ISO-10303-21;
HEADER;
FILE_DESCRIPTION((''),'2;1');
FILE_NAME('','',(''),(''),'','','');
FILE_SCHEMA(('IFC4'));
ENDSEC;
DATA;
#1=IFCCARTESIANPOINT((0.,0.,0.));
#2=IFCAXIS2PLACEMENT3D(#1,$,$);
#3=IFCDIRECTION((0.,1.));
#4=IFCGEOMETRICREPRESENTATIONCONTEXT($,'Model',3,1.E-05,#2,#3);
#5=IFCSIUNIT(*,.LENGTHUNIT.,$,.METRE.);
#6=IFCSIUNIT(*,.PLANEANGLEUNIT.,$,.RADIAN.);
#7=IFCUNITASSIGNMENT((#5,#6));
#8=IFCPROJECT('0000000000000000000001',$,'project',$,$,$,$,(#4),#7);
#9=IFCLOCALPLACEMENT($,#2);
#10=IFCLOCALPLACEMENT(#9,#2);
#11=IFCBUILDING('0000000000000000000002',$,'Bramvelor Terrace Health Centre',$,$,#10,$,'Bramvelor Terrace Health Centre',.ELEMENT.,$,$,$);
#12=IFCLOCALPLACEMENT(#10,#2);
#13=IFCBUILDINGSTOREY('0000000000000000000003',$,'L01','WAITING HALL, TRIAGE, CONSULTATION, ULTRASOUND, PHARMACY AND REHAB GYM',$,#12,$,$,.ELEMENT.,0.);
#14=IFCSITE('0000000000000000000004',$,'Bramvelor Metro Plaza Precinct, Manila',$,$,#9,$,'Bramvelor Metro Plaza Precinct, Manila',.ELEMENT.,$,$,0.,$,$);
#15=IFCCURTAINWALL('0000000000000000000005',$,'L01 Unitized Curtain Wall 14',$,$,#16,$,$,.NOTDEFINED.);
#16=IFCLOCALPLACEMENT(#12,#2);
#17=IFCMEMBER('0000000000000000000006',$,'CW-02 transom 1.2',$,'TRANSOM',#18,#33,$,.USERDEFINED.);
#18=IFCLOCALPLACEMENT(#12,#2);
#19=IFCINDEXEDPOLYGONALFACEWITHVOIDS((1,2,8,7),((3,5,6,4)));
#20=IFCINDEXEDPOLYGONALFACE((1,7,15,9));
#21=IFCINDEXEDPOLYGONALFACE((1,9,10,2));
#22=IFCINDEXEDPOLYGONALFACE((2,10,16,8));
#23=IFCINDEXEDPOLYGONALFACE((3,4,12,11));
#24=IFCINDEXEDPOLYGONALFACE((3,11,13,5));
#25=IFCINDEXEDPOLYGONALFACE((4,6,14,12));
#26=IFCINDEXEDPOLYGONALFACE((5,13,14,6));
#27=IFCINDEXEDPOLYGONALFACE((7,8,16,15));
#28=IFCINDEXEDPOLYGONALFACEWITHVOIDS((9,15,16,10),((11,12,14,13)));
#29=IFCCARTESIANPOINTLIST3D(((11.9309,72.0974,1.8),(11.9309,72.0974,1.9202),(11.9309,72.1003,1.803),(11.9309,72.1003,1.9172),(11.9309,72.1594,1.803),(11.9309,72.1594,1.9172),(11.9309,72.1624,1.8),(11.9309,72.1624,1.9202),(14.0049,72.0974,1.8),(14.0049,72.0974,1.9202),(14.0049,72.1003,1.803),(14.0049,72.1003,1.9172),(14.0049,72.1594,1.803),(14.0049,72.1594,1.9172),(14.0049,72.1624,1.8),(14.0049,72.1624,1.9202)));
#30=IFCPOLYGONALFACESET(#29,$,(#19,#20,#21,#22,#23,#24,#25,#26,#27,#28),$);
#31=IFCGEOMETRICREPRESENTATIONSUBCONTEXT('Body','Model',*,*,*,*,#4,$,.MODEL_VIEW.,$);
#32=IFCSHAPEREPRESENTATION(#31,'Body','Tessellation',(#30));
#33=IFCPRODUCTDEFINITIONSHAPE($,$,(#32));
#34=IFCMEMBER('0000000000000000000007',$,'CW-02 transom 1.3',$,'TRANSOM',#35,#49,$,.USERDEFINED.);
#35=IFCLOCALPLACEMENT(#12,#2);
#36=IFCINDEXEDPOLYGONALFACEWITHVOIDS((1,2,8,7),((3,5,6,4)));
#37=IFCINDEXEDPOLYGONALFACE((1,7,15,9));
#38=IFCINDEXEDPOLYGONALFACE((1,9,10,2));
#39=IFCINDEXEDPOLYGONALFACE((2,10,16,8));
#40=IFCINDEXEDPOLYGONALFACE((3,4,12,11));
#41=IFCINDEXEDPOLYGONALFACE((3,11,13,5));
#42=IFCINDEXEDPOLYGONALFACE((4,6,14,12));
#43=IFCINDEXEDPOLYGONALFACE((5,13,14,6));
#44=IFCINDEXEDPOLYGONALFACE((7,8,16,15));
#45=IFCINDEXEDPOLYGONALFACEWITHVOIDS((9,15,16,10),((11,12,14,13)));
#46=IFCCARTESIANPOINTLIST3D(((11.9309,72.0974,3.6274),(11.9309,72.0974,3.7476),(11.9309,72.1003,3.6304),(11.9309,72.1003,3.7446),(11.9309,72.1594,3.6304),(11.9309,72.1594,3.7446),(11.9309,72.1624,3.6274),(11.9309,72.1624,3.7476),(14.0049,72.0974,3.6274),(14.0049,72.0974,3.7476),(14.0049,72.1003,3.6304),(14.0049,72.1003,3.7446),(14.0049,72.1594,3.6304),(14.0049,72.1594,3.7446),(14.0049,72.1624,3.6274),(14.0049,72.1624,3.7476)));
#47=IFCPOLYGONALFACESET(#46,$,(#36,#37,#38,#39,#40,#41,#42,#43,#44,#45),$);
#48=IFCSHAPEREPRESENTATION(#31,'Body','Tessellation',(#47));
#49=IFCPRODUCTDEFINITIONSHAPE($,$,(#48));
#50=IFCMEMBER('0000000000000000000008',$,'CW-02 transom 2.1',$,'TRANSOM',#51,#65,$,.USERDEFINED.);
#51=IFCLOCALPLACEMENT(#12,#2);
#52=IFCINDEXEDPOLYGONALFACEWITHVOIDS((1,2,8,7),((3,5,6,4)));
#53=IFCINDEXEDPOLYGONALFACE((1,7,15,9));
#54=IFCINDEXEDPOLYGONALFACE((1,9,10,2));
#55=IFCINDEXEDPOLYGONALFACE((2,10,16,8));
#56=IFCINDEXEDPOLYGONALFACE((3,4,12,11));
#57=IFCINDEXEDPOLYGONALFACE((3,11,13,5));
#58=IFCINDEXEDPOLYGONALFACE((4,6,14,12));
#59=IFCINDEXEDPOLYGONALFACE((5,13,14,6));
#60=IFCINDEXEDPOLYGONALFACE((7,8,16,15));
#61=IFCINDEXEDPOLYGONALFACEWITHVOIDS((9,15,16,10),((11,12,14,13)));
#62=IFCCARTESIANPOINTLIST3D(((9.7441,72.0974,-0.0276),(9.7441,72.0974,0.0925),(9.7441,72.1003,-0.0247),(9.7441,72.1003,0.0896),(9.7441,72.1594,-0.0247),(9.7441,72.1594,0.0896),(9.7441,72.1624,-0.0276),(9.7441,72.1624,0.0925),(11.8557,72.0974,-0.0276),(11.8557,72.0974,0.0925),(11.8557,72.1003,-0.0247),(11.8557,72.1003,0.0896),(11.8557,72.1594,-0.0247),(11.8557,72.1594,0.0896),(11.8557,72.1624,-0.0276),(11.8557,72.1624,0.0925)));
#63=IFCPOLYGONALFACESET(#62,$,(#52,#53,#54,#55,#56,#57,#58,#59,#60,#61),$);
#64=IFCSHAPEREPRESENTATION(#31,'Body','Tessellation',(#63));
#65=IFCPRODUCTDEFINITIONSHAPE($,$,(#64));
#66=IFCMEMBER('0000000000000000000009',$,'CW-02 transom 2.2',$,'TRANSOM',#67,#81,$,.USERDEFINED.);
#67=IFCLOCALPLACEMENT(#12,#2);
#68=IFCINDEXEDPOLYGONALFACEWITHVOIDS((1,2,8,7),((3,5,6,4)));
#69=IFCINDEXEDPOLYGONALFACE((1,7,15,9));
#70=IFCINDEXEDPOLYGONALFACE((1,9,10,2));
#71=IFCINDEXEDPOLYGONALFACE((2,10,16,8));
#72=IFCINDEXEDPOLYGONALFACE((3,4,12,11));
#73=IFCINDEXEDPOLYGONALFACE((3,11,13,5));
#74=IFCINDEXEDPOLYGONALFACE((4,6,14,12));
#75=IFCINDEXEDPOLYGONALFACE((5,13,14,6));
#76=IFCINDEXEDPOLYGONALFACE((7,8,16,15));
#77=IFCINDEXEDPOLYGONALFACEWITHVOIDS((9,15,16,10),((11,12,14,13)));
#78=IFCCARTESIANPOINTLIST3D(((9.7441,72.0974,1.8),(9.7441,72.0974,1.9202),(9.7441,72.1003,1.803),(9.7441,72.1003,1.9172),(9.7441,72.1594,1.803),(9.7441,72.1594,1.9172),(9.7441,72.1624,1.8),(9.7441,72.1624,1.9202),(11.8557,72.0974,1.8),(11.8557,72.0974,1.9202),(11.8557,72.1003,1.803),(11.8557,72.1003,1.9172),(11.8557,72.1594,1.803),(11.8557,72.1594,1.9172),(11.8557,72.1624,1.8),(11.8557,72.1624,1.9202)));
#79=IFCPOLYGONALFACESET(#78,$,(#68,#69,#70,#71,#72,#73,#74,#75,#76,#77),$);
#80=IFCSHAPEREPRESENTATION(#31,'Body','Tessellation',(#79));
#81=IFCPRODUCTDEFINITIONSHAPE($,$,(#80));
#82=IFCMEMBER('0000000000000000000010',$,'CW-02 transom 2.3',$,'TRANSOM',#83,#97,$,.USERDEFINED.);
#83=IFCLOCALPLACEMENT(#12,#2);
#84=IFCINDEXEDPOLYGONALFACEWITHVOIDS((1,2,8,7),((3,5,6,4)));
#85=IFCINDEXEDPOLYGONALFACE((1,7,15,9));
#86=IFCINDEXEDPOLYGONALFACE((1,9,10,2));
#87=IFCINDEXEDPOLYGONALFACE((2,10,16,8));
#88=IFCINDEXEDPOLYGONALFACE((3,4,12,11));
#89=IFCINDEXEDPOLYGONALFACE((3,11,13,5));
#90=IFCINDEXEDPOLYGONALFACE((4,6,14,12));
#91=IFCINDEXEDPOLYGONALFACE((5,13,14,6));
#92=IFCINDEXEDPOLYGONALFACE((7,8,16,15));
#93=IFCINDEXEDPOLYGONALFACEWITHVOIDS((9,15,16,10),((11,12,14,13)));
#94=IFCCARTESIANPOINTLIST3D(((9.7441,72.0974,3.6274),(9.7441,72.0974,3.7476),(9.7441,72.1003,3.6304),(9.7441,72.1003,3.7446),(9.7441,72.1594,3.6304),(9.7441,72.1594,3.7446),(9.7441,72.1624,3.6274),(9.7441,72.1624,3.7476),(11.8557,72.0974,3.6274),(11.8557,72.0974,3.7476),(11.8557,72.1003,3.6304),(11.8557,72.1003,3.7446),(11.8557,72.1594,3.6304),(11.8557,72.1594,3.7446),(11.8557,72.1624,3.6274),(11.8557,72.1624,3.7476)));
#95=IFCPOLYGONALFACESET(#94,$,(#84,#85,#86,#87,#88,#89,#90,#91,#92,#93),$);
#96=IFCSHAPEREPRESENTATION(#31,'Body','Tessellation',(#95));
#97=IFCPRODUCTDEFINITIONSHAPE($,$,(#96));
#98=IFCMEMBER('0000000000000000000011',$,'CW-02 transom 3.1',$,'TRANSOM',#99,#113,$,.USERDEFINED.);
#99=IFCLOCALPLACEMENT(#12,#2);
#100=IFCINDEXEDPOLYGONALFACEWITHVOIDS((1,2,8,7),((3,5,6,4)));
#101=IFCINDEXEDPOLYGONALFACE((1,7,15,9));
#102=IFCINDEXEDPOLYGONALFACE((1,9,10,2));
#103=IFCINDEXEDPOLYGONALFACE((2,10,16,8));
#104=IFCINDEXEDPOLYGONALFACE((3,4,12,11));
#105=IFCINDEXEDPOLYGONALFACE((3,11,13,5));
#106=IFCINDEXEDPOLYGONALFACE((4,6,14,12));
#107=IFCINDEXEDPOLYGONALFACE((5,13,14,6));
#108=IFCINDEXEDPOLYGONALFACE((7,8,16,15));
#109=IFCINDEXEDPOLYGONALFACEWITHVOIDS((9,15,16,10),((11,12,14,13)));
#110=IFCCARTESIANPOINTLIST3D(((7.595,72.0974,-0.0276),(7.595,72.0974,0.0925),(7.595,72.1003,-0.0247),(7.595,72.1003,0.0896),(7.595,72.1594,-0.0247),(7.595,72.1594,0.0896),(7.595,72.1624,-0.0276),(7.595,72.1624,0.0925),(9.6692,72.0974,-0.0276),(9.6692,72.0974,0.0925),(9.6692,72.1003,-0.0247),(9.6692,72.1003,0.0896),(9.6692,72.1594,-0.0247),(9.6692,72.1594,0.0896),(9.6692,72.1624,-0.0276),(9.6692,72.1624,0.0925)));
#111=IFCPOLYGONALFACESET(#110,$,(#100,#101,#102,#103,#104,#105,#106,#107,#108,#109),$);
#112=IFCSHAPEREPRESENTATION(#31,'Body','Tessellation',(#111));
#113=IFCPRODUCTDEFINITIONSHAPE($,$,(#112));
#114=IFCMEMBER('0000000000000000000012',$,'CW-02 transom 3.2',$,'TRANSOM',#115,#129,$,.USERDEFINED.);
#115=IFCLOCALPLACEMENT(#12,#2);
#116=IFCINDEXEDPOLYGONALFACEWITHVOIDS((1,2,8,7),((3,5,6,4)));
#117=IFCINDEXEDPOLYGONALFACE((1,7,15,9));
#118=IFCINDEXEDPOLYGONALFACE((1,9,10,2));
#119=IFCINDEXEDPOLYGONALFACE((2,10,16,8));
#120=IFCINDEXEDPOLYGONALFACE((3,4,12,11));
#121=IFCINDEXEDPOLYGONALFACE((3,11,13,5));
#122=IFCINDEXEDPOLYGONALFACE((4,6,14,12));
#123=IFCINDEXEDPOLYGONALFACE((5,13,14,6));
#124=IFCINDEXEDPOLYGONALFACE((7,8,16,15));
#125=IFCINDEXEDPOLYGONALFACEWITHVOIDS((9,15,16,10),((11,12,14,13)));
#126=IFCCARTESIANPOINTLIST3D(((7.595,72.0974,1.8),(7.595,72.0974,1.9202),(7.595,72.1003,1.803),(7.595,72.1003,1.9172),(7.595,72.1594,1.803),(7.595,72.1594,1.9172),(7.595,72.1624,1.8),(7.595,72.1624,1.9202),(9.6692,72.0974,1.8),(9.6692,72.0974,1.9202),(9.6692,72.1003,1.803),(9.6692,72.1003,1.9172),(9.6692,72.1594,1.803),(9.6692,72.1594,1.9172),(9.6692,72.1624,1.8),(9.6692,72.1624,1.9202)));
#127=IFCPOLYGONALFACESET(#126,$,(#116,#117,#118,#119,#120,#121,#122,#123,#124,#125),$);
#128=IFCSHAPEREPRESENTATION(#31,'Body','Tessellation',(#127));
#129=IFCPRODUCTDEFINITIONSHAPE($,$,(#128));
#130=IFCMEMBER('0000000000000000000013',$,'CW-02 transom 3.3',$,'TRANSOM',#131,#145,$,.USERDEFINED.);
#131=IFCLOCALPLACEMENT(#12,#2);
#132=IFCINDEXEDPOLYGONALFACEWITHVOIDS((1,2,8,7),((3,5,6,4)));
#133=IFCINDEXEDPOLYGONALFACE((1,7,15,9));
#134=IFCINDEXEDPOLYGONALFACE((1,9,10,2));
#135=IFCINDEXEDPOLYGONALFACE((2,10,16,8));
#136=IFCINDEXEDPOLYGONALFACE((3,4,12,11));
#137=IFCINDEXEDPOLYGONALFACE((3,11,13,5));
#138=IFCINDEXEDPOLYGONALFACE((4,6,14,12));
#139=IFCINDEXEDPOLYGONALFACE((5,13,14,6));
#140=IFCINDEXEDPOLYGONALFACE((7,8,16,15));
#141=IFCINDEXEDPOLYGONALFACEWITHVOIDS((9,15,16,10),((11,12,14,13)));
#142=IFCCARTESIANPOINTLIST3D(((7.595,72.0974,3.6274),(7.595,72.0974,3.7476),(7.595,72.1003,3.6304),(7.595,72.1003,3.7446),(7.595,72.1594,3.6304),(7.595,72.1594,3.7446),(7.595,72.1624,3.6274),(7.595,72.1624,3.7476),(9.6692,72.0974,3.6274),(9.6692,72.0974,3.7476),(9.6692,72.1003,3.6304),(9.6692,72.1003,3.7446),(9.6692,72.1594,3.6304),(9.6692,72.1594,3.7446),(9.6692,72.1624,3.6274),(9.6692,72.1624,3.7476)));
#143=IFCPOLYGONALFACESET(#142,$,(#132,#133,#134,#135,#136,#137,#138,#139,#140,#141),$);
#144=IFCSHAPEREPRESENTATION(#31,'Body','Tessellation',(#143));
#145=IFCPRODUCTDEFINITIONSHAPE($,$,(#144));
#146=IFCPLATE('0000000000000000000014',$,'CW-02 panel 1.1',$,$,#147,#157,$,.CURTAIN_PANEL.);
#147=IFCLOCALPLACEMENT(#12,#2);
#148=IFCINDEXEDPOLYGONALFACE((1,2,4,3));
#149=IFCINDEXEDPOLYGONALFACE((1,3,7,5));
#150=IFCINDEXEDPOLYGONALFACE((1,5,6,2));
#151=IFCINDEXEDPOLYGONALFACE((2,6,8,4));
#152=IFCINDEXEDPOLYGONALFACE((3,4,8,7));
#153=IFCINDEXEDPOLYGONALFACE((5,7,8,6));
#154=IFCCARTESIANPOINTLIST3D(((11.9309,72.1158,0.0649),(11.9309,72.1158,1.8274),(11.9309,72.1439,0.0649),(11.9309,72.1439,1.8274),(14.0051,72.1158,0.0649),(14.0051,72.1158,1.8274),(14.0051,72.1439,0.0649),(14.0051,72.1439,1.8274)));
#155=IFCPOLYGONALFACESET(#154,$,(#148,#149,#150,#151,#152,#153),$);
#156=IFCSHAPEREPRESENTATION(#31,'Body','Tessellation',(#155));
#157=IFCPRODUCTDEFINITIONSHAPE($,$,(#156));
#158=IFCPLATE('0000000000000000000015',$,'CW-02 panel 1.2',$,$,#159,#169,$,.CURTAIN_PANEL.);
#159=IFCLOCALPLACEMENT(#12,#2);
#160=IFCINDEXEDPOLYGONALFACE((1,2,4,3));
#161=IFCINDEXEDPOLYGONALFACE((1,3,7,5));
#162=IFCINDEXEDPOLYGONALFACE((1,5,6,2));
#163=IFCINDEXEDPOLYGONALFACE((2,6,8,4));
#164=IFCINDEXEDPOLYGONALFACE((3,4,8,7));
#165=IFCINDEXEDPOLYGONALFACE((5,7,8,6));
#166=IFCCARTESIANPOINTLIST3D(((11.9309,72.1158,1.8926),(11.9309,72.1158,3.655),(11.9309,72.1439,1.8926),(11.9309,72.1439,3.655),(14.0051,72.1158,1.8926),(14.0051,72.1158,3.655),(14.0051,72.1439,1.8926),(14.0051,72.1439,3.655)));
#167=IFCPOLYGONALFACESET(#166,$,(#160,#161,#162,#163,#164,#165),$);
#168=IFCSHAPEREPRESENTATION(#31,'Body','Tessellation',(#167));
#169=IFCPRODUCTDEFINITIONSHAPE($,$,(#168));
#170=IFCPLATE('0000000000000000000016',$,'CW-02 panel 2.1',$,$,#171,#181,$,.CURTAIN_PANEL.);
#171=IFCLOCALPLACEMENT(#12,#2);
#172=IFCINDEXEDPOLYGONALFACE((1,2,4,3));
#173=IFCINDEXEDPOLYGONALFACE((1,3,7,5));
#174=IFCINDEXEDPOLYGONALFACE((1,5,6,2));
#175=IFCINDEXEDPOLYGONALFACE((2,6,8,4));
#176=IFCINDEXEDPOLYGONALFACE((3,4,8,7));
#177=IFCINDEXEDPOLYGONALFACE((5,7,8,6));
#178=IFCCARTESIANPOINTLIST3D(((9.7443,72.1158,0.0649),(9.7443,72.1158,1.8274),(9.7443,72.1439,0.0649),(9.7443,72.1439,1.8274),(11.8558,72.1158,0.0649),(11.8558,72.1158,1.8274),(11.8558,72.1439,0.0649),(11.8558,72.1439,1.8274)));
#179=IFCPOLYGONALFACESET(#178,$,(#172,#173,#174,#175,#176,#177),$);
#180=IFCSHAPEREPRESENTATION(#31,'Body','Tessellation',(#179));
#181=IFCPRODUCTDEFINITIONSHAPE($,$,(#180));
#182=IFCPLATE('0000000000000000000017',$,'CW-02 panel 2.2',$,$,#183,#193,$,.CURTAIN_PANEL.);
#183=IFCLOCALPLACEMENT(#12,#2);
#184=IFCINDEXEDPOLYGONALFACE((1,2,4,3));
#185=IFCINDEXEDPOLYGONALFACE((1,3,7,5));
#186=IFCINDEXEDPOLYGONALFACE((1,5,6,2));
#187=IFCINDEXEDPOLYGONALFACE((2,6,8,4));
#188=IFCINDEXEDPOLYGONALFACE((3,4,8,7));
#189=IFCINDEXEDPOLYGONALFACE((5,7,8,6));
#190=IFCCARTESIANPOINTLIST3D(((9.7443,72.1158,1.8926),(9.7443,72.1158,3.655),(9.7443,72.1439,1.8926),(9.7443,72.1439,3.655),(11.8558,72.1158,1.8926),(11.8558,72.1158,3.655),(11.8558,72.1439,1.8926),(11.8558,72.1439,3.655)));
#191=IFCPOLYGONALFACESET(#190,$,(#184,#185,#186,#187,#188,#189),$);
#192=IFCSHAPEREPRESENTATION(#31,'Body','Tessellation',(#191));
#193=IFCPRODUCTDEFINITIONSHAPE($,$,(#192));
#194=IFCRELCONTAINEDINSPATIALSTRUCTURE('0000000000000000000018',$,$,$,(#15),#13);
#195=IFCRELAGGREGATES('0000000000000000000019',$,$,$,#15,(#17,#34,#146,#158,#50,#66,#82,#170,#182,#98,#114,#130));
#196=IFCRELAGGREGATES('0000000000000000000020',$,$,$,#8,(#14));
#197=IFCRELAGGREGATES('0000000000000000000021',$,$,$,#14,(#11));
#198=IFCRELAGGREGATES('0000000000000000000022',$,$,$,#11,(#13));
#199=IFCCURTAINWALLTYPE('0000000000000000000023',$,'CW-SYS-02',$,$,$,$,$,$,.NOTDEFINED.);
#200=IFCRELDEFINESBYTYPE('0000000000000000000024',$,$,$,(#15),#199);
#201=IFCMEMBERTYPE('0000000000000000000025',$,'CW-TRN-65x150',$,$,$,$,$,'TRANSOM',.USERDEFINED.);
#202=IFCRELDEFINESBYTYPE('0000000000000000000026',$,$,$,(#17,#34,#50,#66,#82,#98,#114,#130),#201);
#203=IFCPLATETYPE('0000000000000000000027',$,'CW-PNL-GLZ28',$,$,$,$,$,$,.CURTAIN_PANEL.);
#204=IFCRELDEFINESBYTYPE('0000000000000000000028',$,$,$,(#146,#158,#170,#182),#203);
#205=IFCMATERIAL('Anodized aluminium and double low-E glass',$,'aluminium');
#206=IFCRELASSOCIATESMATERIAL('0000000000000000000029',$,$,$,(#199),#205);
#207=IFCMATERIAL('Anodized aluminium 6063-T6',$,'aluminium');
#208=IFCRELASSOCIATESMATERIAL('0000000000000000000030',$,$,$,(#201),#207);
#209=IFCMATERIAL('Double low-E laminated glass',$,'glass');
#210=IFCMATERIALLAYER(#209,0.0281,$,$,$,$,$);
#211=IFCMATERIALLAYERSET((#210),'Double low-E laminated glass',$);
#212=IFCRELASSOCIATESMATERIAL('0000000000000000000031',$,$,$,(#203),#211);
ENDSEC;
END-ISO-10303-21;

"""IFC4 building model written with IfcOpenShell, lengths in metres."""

from ifc_helpers import new_model, si_unit, direction, frame, origin, origin_2d, place, context, subcontext, project, spatial, rectangle, hollow_rectangle, extrude, material, layer, layer_set, material_profile, profile_set, type_object, element, aggregate, save


model = new_model("IFC4")

# Units and contexts
model_context = context("Model", 3, precision=1e-05, world=origin(), true_north=direction((0.0, 1.0)))
body_context = subcontext(model_context, "Body", "Model", "MODEL_VIEW")
ifc_project = project(units=[si_unit("LENGTHUNIT", "METRE"), si_unit("PLANEANGLEUNIT", "RADIAN")], contexts=[model_context])

# Site, building, storey
site_placement = place(None, origin())
site = spatial("IfcSite", under=ifc_project, at=site_placement, Name="Bramvelor Metro Plaza Precinct, Manila", LongName="Bramvelor Metro Plaza Precinct, Manila", CompositionType="ELEMENT", RefElevation=0.0)
building_placement = place(site_placement, origin())
building = spatial("IfcBuilding", under=site, at=building_placement, Name="Bramvelor Terrace Health Centre", LongName="Bramvelor Terrace Health Centre", CompositionType="ELEMENT")
storey_placement = place(building_placement, origin())
storey = spatial("IfcBuildingStorey", under=building, at=storey_placement, Name="L01", Description="WAITING HALL, TRIAGE, CONSULTATION, ULTRASOUND, PHARMACY AND REHAB GYM", CompositionType="ELEMENT", Elevation=0.0)

# Curtain wall, members, plates
ifc_material_1 = material(Name="Anodized aluminium and double low-E glass", Category="aluminium")
curtain_wall_type = type_object("IfcCurtainWallType", Name="CW-SYS-02", PredefinedType="NOTDEFINED", material=ifc_material_1)
curtain_wall_placement = place(storey_placement, origin())
curtain_wall = element("IfcCurtainWall", 1, at=curtain_wall_placement, inside=storey, type_object=curtain_wall_type, Name="L01 Unitized Curtain Wall 14", PredefinedType="NOTDEFINED")
ifc_material_2 = material(Name="Anodized aluminium 6063-T6", Category="aluminium")
ifc_material_profile_1 = material_profile(ifc_material_2, hollow_rectangle(XDim=0.0649, YDim=0.1201, WallThickness=0.0029, at=origin_2d()), Name="ALU-TRN 65x120x3.0")
ifc_profile_set_1 = profile_set([ifc_material_profile_1], Name="Anodized aluminium 6063-T6")
member_type_1 = type_object("IfcMemberType", Name="CW-TRN-65x150", ElementType="TRANSOM", PredefinedType="USERDEFINED", material=ifc_profile_set_1)
member_1_placement = place(storey_placement, frame((14.0049, 72.1299, 1.8601), z_axis=(-1.0, 0.0, 0.0), x_axis=(0.0, -1.0, 0.0)))
member_1 = element("IfcMember", 2, at=member_1_placement, type_object=member_type_1, Name="CW-02 transom 1.2", ObjectType="TRANSOM", PredefinedType="USERDEFINED", context=body_context, shape_type="SweptSolid", body=[
    extrude(hollow_rectangle(XDim=0.0649, YDim=0.1201, WallThickness=0.0029, at=origin_2d()), origin(), (0.0, 0.0, 1.0), 2.074),
])
member_2_placement = place(storey_placement, frame((14.0049, 72.1299, 3.6875), z_axis=(-1.0, 0.0, 0.0), x_axis=(0.0, -1.0, 0.0)))
member_2 = element("IfcMember", 3, at=member_2_placement, type_object=member_type_1, Name="CW-02 transom 1.3", ObjectType="TRANSOM", PredefinedType="USERDEFINED", context=body_context, shape_type="SweptSolid", body=[
    extrude(hollow_rectangle(XDim=0.0649, YDim=0.1201, WallThickness=0.0029, at=origin_2d()), origin(), (0.0, 0.0, 1.0), 2.074),
])
member_3_placement = place(storey_placement, frame((11.8557, 72.1299, 0.0325), z_axis=(-1.0, 0.0, 0.0), x_axis=(0.0, -1.0, 0.0)))
member_3 = element("IfcMember", 4, at=member_3_placement, type_object=member_type_1, Name="CW-02 transom 2.1", ObjectType="TRANSOM", PredefinedType="USERDEFINED", context=body_context, shape_type="SweptSolid", body=[
    extrude(hollow_rectangle(XDim=0.0649, YDim=0.1201, WallThickness=0.0029, at=origin_2d()), origin(), (0.0, 0.0, 1.0), 2.1116),
])
member_4_placement = place(storey_placement, frame((11.8557, 72.1299, 1.8601), z_axis=(-1.0, 0.0, 0.0), x_axis=(0.0, -1.0, 0.0)))
member_4 = element("IfcMember", 5, at=member_4_placement, type_object=member_type_1, Name="CW-02 transom 2.2", ObjectType="TRANSOM", PredefinedType="USERDEFINED", context=body_context, shape_type="SweptSolid", body=[
    extrude(hollow_rectangle(XDim=0.0649, YDim=0.1201, WallThickness=0.0029, at=origin_2d()), origin(), (0.0, 0.0, 1.0), 2.1116),
])
member_5_placement = place(storey_placement, frame((11.8557, 72.1299, 3.6875), z_axis=(-1.0, 0.0, 0.0), x_axis=(0.0, -1.0, 0.0)))
member_5 = element("IfcMember", 6, at=member_5_placement, type_object=member_type_1, Name="CW-02 transom 2.3", ObjectType="TRANSOM", PredefinedType="USERDEFINED", context=body_context, shape_type="SweptSolid", body=[
    extrude(hollow_rectangle(XDim=0.0649, YDim=0.1201, WallThickness=0.0029, at=origin_2d()), origin(), (0.0, 0.0, 1.0), 2.1116),
])
member_6_placement = place(storey_placement, frame((9.6692, 72.1299, 0.0325), z_axis=(-1.0, 0.0, 0.0), x_axis=(0.0, -1.0, 0.0)))
member_6 = element("IfcMember", 7, at=member_6_placement, type_object=member_type_1, Name="CW-02 transom 3.1", ObjectType="TRANSOM", PredefinedType="USERDEFINED", context=body_context, shape_type="SweptSolid", body=[
    extrude(hollow_rectangle(XDim=0.0649, YDim=0.1201, WallThickness=0.0029, at=origin_2d()), origin(), (0.0, 0.0, 1.0), 2.0742),
])
member_7_placement = place(storey_placement, frame((9.6692, 72.1299, 1.8601), z_axis=(-1.0, 0.0, 0.0), x_axis=(0.0, -1.0, 0.0)))
member_7 = element("IfcMember", 8, at=member_7_placement, type_object=member_type_1, Name="CW-02 transom 3.2", ObjectType="TRANSOM", PredefinedType="USERDEFINED", context=body_context, shape_type="SweptSolid", body=[
    extrude(hollow_rectangle(XDim=0.0649, YDim=0.1201, WallThickness=0.0029, at=origin_2d()), origin(), (0.0, 0.0, 1.0), 2.0742),
])
member_8_placement = place(storey_placement, frame((9.6692, 72.1299, 3.6875), z_axis=(-1.0, 0.0, 0.0), x_axis=(0.0, -1.0, 0.0)))
member_8 = element("IfcMember", 9, at=member_8_placement, type_object=member_type_1, Name="CW-02 transom 3.3", ObjectType="TRANSOM", PredefinedType="USERDEFINED", context=body_context, shape_type="SweptSolid", body=[
    extrude(hollow_rectangle(XDim=0.0649, YDim=0.1201, WallThickness=0.0029, at=origin_2d()), origin(), (0.0, 0.0, 1.0), 2.0742),
])
ifc_material_3 = material(Name="Double low-E laminated glass", Category="glass")
ifc_layer = layer(ifc_material_3, 0.0281)
ifc_layer_set = layer_set([ifc_layer], Name="Double low-E laminated glass")
plate_type = type_object("IfcPlateType", Name="CW-PNL-GLZ28", PredefinedType="CURTAIN_PANEL", material=ifc_layer_set)
plate_1_placement = place(storey_placement, frame((12.968, 72.1299, 0.0649), z_axis=(0.0, 0.0, 1.0), x_axis=(-1.0, 0.0, 0.0)))
plate_1 = element("IfcPlate", 10, at=plate_1_placement, type_object=plate_type, Name="CW-02 panel 1.1", PredefinedType="CURTAIN_PANEL", context=body_context, shape_type="SweptSolid", body=[
    extrude(rectangle(XDim=2.0742, YDim=0.0281, at=origin_2d()), origin(), (0.0, 0.0, 1.0), 1.7625),
])
plate_2_placement = place(storey_placement, frame((12.968, 72.1299, 1.8926), z_axis=(0.0, 0.0, 1.0), x_axis=(-1.0, 0.0, 0.0)))
plate_2 = element("IfcPlate", 11, at=plate_2_placement, type_object=plate_type, Name="CW-02 panel 1.2", PredefinedType="CURTAIN_PANEL", context=body_context, shape_type="SweptSolid", body=[
    extrude(rectangle(XDim=2.0742, YDim=0.0281, at=origin_2d()), origin(), (0.0, 0.0, 1.0), 1.7625),
])
plate_3_placement = place(storey_placement, frame((10.8, 72.1299, 0.0649), z_axis=(0.0, 0.0, 1.0), x_axis=(-1.0, 0.0, 0.0)))
plate_3 = element("IfcPlate", 12, at=plate_3_placement, type_object=plate_type, Name="CW-02 panel 2.1", PredefinedType="CURTAIN_PANEL", context=body_context, shape_type="SweptSolid", body=[
    extrude(rectangle(XDim=2.1116, YDim=0.0281, at=origin_2d()), origin(), (0.0, 0.0, 1.0), 1.7625),
])
plate_4_placement = place(storey_placement, frame((10.8, 72.1299, 1.8926), z_axis=(0.0, 0.0, 1.0), x_axis=(-1.0, 0.0, 0.0)))
plate_4 = element("IfcPlate", 13, at=plate_4_placement, type_object=plate_type, Name="CW-02 panel 2.2", PredefinedType="CURTAIN_PANEL", context=body_context, shape_type="SweptSolid", body=[
    extrude(rectangle(XDim=2.1116, YDim=0.0281, at=origin_2d()), origin(), (0.0, 0.0, 1.0), 1.7625),
])
aggregate(curtain_wall, [member_1, member_2, plate_1, plate_2, member_3, member_4, member_5, plate_3, plate_4, member_6, member_7, member_8])

save(model, "model.ifc")
